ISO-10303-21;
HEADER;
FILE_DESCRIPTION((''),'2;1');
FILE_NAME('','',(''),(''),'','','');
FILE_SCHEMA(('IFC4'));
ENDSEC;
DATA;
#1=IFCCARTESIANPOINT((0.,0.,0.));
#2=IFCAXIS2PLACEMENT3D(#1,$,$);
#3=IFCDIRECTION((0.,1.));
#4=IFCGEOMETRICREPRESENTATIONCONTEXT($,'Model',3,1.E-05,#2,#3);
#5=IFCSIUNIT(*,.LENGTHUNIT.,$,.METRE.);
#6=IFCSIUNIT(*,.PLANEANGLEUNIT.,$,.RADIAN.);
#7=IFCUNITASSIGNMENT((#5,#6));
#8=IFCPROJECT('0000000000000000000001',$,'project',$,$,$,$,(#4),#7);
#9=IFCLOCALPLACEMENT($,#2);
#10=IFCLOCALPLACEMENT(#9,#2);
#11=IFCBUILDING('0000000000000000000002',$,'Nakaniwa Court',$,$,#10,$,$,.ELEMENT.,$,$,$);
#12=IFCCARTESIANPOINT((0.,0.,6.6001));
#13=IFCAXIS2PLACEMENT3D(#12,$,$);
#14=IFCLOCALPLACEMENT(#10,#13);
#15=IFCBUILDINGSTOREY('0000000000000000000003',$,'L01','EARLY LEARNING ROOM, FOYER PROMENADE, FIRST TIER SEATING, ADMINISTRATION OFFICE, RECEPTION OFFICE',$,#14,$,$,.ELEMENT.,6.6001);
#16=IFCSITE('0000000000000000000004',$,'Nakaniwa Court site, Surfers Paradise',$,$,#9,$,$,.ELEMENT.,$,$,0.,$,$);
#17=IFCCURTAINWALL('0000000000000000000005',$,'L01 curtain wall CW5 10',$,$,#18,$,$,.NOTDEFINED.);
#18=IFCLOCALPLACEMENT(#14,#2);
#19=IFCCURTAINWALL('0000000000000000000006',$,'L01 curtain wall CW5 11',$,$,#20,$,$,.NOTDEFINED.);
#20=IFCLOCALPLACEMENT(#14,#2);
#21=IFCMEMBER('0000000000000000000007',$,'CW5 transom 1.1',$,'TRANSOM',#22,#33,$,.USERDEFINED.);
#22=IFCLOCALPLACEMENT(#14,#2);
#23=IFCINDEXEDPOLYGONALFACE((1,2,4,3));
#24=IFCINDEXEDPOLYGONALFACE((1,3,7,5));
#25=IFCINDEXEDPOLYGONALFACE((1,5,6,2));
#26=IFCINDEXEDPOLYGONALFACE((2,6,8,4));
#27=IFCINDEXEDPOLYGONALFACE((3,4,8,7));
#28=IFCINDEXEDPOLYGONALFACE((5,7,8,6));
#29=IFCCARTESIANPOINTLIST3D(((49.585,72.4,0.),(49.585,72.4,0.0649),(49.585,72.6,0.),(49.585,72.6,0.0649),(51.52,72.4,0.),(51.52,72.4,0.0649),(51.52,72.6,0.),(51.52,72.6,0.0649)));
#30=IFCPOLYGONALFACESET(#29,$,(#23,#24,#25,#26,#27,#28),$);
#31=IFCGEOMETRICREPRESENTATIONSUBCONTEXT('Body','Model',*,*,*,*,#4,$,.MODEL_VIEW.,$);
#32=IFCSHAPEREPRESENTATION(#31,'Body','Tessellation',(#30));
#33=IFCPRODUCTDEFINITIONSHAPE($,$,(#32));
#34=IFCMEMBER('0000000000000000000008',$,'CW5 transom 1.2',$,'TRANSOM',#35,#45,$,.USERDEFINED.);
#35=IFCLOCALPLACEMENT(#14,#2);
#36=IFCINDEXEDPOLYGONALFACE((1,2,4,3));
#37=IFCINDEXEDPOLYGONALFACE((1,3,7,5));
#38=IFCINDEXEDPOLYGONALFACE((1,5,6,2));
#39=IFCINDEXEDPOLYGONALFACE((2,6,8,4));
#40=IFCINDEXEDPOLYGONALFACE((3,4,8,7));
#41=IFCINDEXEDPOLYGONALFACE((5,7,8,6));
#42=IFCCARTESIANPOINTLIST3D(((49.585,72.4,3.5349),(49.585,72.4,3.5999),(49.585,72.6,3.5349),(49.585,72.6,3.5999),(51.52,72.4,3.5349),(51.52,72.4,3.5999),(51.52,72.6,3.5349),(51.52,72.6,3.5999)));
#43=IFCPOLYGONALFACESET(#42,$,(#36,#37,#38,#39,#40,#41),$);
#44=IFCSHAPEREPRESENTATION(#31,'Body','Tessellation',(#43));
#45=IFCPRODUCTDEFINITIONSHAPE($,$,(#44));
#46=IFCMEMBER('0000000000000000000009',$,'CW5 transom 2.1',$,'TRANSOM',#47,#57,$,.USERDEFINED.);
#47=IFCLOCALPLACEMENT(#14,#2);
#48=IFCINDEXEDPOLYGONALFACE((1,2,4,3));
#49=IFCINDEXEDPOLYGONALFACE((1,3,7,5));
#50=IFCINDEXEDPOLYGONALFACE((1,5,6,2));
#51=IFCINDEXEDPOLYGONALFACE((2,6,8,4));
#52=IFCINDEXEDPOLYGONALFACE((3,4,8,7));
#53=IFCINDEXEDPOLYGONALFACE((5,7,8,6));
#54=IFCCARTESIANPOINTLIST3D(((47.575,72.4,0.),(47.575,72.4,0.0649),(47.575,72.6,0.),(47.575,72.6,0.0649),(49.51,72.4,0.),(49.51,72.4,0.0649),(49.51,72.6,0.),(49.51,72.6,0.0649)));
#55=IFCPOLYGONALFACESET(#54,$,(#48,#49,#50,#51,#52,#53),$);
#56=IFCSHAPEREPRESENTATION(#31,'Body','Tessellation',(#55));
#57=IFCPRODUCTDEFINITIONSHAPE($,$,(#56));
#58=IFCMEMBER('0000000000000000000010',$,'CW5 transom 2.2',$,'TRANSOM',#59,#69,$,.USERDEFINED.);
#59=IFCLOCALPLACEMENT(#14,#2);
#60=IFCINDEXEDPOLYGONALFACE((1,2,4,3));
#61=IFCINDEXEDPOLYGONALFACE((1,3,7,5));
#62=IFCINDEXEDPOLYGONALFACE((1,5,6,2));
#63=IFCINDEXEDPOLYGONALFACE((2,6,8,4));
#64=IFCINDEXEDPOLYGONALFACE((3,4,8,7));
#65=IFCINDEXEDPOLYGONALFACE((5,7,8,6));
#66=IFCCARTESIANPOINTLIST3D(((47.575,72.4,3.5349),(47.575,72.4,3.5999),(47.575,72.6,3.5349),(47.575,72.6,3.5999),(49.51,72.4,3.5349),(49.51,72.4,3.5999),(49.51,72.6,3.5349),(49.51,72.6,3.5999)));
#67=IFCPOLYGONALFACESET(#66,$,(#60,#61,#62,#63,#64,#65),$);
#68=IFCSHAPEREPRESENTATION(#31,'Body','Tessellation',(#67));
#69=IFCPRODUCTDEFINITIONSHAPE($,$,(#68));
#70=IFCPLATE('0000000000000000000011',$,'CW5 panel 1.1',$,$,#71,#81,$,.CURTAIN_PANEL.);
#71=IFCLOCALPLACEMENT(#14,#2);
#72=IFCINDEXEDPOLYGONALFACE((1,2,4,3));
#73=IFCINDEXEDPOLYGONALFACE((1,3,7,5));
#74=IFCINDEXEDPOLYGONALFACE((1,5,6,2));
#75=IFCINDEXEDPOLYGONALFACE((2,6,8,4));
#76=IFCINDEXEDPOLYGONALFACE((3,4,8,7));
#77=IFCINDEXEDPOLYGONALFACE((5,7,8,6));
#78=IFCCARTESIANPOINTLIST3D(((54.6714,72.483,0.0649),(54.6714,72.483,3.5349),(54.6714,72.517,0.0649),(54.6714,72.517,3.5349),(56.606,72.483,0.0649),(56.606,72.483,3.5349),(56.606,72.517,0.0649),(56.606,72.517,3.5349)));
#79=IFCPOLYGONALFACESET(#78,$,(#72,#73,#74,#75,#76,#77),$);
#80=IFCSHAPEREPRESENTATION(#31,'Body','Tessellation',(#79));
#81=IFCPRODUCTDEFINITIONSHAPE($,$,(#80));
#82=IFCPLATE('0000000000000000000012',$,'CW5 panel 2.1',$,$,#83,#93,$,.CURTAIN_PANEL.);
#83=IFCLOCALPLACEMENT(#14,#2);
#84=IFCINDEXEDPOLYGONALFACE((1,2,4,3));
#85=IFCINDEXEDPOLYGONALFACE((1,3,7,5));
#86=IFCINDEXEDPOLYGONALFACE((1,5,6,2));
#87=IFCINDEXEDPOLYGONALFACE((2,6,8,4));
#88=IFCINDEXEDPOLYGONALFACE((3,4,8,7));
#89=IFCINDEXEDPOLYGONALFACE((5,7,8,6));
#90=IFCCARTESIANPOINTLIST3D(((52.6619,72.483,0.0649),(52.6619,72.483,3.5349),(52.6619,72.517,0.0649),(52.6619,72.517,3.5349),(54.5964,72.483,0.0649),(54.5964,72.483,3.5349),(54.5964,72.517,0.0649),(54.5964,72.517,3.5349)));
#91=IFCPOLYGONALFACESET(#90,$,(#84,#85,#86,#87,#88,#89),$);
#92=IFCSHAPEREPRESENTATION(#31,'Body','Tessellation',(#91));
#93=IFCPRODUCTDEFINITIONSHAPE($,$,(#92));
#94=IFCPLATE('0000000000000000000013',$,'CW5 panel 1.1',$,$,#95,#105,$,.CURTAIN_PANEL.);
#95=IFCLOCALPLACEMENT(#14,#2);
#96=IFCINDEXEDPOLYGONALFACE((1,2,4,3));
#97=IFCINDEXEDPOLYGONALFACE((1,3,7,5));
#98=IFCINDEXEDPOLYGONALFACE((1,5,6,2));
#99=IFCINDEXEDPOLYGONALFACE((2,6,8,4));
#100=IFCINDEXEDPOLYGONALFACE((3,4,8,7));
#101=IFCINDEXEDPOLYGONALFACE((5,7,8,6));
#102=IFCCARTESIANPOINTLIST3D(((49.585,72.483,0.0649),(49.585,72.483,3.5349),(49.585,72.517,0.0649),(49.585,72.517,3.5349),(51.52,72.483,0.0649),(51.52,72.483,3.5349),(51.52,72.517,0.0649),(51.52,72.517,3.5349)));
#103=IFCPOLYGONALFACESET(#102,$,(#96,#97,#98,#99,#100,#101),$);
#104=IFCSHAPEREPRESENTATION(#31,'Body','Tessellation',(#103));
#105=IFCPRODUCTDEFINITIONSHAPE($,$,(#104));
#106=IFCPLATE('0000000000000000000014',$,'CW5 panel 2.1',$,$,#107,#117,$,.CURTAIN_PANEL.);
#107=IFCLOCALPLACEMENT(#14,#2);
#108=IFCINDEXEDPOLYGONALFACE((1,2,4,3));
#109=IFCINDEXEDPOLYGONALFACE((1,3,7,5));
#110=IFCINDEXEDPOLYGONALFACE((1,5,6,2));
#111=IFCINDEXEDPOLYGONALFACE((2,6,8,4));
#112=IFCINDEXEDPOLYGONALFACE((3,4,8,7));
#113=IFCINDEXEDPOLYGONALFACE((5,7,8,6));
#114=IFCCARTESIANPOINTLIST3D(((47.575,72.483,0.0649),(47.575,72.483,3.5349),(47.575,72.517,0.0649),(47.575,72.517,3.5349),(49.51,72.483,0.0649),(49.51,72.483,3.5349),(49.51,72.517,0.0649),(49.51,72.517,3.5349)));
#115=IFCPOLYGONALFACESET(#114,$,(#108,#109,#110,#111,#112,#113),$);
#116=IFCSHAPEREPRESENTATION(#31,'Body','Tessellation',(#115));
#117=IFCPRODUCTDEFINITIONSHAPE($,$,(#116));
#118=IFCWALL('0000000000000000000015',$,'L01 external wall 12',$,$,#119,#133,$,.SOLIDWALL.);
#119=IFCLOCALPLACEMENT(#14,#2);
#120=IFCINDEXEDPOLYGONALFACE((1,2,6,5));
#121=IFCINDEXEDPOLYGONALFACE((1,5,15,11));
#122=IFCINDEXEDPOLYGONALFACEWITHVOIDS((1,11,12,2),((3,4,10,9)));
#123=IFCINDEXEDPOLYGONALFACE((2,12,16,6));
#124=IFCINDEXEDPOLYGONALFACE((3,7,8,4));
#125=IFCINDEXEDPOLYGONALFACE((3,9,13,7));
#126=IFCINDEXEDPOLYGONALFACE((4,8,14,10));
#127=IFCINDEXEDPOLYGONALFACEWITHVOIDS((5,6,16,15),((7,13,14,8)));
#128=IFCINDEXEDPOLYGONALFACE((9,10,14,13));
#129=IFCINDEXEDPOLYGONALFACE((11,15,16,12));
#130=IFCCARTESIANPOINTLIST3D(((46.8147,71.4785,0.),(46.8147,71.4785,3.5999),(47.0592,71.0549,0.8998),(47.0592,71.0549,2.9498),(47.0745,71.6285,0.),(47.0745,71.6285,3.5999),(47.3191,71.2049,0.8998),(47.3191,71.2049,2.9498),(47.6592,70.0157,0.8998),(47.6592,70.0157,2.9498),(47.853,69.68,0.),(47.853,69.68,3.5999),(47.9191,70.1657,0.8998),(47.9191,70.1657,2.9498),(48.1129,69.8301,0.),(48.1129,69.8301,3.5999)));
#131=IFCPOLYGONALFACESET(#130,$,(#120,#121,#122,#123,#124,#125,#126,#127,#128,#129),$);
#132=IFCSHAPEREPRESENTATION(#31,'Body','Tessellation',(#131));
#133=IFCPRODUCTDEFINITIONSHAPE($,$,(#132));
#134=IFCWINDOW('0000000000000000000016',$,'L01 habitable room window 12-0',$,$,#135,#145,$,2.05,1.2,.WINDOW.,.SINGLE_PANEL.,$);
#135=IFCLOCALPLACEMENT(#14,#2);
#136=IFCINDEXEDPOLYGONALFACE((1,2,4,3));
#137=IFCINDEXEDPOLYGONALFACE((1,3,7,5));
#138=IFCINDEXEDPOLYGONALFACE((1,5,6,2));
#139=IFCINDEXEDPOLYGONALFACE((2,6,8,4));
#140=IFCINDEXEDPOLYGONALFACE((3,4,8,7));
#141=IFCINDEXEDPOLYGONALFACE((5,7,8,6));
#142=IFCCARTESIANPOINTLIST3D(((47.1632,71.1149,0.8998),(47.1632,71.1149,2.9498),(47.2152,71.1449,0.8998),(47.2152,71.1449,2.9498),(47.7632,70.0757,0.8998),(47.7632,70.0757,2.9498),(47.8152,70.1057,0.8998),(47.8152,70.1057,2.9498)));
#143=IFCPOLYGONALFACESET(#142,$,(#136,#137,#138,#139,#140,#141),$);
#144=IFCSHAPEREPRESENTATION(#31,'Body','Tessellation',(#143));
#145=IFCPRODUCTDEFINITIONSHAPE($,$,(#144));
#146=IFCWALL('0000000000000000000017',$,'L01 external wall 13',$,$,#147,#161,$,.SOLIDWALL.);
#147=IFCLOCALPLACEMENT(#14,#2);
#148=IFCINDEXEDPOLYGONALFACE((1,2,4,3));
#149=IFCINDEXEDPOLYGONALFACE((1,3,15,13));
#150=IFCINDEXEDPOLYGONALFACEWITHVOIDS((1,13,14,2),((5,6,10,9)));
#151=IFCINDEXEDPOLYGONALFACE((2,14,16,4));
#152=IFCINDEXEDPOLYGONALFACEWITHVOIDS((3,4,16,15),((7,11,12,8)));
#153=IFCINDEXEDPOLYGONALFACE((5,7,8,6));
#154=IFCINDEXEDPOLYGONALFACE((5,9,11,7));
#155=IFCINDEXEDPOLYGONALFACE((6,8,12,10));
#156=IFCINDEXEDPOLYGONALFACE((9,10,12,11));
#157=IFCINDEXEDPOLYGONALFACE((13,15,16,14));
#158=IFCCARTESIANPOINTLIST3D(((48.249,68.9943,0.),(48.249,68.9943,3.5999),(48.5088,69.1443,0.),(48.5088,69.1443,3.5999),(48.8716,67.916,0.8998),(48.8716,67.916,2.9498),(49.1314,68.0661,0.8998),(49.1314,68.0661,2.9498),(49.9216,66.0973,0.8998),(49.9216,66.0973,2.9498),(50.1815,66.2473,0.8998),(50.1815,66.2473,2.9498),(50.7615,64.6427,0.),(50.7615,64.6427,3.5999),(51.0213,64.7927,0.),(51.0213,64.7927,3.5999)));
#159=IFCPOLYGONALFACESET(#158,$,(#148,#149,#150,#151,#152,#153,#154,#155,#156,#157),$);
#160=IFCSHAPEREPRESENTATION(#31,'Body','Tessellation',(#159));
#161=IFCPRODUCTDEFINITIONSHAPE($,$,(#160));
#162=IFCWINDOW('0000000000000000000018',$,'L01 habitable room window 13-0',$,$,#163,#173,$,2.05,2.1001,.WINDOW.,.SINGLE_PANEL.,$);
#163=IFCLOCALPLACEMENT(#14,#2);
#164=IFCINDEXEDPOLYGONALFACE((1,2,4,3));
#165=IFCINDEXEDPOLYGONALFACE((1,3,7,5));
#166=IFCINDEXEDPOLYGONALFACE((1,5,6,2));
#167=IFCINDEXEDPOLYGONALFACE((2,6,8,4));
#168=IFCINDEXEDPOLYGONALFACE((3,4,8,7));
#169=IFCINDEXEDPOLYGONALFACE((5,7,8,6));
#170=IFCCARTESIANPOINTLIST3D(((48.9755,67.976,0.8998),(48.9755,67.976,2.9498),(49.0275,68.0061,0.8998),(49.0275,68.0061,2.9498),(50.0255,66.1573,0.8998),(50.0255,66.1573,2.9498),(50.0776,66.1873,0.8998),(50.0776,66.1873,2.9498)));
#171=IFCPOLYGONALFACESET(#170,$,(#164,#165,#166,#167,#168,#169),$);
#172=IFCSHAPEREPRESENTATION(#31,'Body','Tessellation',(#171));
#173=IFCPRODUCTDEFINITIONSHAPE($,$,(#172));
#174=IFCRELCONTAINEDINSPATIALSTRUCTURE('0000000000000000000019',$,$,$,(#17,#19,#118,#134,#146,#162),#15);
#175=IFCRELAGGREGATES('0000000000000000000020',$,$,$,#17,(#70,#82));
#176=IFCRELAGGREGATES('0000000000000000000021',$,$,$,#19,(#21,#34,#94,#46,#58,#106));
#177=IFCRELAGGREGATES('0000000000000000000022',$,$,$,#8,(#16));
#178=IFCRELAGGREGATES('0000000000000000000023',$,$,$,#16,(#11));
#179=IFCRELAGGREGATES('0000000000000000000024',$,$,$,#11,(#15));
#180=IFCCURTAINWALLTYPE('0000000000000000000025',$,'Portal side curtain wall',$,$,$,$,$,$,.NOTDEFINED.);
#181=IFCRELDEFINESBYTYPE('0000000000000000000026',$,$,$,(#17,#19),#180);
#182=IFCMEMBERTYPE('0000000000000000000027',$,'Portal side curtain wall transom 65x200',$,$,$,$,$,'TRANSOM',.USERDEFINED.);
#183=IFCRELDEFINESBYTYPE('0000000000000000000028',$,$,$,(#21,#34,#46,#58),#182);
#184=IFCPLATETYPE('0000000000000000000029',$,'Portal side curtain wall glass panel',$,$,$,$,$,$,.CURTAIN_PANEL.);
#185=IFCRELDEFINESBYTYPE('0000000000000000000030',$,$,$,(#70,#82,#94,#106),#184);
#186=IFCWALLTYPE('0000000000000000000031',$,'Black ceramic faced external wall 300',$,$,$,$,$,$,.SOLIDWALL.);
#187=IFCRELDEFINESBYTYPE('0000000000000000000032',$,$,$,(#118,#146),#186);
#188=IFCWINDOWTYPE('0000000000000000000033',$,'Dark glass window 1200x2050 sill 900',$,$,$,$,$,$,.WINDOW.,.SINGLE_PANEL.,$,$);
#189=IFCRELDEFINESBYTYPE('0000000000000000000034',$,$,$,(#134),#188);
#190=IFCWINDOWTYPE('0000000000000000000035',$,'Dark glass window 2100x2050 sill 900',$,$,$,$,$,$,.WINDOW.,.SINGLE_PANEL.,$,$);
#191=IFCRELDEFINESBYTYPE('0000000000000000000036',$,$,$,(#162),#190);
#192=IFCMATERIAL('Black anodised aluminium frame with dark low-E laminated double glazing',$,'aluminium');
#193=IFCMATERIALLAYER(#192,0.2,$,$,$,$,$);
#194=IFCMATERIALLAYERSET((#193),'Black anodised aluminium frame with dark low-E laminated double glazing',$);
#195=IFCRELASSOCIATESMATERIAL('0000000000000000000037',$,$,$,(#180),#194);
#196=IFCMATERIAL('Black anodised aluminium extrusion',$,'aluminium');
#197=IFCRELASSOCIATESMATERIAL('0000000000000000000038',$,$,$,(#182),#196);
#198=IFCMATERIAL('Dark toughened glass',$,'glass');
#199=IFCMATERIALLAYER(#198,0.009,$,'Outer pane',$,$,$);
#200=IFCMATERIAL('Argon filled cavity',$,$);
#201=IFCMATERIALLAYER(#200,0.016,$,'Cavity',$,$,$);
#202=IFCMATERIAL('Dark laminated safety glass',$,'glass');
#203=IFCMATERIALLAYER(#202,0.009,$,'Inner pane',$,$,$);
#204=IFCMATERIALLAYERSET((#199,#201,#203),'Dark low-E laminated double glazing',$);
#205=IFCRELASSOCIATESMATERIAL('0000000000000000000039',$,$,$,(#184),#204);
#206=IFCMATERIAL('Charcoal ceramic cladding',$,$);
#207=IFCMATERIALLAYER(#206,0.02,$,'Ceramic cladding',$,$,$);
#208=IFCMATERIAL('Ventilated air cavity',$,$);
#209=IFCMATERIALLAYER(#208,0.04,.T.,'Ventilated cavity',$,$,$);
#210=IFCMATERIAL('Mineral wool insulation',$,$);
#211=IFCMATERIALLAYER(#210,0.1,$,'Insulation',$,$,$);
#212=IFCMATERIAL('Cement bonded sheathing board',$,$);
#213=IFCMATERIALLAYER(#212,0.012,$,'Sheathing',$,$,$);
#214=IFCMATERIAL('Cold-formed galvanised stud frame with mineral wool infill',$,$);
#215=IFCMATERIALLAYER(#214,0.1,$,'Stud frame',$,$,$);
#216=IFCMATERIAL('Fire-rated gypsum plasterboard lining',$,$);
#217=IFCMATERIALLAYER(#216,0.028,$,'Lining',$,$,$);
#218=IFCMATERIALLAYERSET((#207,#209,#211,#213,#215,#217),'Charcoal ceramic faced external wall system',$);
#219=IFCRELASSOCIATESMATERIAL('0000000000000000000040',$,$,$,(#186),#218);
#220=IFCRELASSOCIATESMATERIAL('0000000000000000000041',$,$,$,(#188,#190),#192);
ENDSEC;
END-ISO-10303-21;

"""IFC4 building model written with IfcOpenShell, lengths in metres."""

from ifc_helpers import new_model, si_unit, direction, frame, frame_2d, origin, origin_2d, place, context, subcontext, project, spatial, rectangle, extrude, material, layer, layer_set, material_profile, profile_set, type_object, element, fill, aggregate, save


model = new_model("IFC4")

# Units and contexts
model_context = context("Model", 3, precision=1e-05, world=origin(), true_north=direction((0.0, 1.0)))
body_context = subcontext(model_context, "Body", "Model", "MODEL_VIEW")
ifc_project = project(units=[si_unit("LENGTHUNIT", "METRE"), si_unit("PLANEANGLEUNIT", "RADIAN")], contexts=[model_context])

# Site, building, storey
site_placement = place(None, origin())
site = spatial("IfcSite", under=ifc_project, at=site_placement, Name="Nakaniwa Court site, Surfers Paradise", CompositionType="ELEMENT", RefElevation=0.0)
building_placement = place(site_placement, origin())
building = spatial("IfcBuilding", under=site, at=building_placement, Name="Nakaniwa Court", CompositionType="ELEMENT")
storey_placement = place(building_placement, frame((0.0, 0.0, 6.6001)))
storey = spatial("IfcBuildingStorey", under=building, at=storey_placement, Name="L01", Description="EARLY LEARNING ROOM, FOYER PROMENADE, FIRST TIER SEATING, ADMINISTRATION OFFICE, RECEPTION OFFICE", CompositionType="ELEMENT", Elevation=6.6001)

# Curtain walls
ifc_material_1 = material(Name="Black anodised aluminium frame with dark low-E laminated double glazing", Category="aluminium")
ifc_layer_1 = layer(ifc_material_1, 0.2)
ifc_layer_set_1 = layer_set([ifc_layer_1], Name="Black anodised aluminium frame with dark low-E laminated double glazing")
curtain_wall_type = type_object("IfcCurtainWallType", Name="Portal side curtain wall", PredefinedType="NOTDEFINED", material=ifc_layer_set_1)
curtain_wall_1_placement = place(storey_placement, origin())
curtain_wall_1 = element("IfcCurtainWall", 1, at=curtain_wall_1_placement, inside=storey, type_object=curtain_wall_type, Name="L01 curtain wall CW5 10", PredefinedType="NOTDEFINED")
ifc_material_2 = material(Name="Black anodised aluminium extrusion", Category="aluminium")
curtain_wall_2_placement = place(storey_placement, origin())
curtain_wall_2 = element("IfcCurtainWall", 2, at=curtain_wall_2_placement, inside=storey, type_object=curtain_wall_type, Name="L01 curtain wall CW5 11", PredefinedType="NOTDEFINED")

# Members
ifc_material_profile_1 = material_profile(ifc_material_2, rectangle(XDim=0.2, YDim=0.0649, at=origin_2d()), Name="Portal side curtain wall transom 65x200")
ifc_profile_set_1 = profile_set([ifc_material_profile_1], Name="Black anodised aluminium extrusion")
member_type_1 = type_object("IfcMemberType", Name="Portal side curtain wall transom 65x200", ElementType="TRANSOM", PredefinedType="USERDEFINED", material=ifc_profile_set_1)
member_1_placement = place(storey_placement, frame((51.52, 72.5, 0.0325), z_axis=(-1.0, 0.0, 0.0), x_axis=(0.0, -1.0, 0.0)))
member_1 = element("IfcMember", 3, at=member_1_placement, type_object=member_type_1, Name="CW5 transom 1.1", ObjectType="TRANSOM", PredefinedType="USERDEFINED", context=body_context, shape_type="SweptSolid", body=[
    extrude(rectangle(XDim=0.2, YDim=0.0649, at=origin_2d()), origin(), (0.0, 0.0, 1.0), 1.9351),
])
member_2_placement = place(storey_placement, frame((51.52, 72.5, 3.5674), z_axis=(-1.0, 0.0, 0.0), x_axis=(0.0, -1.0, 0.0)))
member_2 = element("IfcMember", 4, at=member_2_placement, type_object=member_type_1, Name="CW5 transom 1.2", ObjectType="TRANSOM", PredefinedType="USERDEFINED", context=body_context, shape_type="SweptSolid", body=[
    extrude(rectangle(XDim=0.2, YDim=0.0649, at=origin_2d()), origin(), (0.0, 0.0, 1.0), 1.9351),
])
member_3_placement = place(storey_placement, frame((49.51, 72.5, 0.0325), z_axis=(-1.0, 0.0, 0.0), x_axis=(0.0, -1.0, 0.0)))
member_3 = element("IfcMember", 5, at=member_3_placement, type_object=member_type_1, Name="CW5 transom 2.1", ObjectType="TRANSOM", PredefinedType="USERDEFINED", context=body_context, shape_type="SweptSolid", body=[
    extrude(rectangle(XDim=0.2, YDim=0.0649, at=origin_2d()), origin(), (0.0, 0.0, 1.0), 1.9351),
])
member_4_placement = place(storey_placement, frame((49.51, 72.5, 3.5674), z_axis=(-1.0, 0.0, 0.0), x_axis=(0.0, -1.0, 0.0)))
member_4 = element("IfcMember", 6, at=member_4_placement, type_object=member_type_1, Name="CW5 transom 2.2", ObjectType="TRANSOM", PredefinedType="USERDEFINED", context=body_context, shape_type="SweptSolid", body=[
    extrude(rectangle(XDim=0.2, YDim=0.0649, at=origin_2d()), origin(), (0.0, 0.0, 1.0), 1.9351),
])

# Plates
ifc_material_3 = material(Name="Dark toughened glass", Category="glass")
ifc_layer_2 = layer(ifc_material_3, 0.009, Name="Outer pane")
ifc_material_4 = material(Name="Argon filled cavity")
ifc_layer_3 = layer(ifc_material_4, 0.016, Name="Cavity")
ifc_material_5 = material(Name="Dark laminated safety glass", Category="glass")
ifc_layer_4 = layer(ifc_material_5, 0.009, Name="Inner pane")
ifc_layer_set_2 = layer_set([ifc_layer_2, ifc_layer_3, ifc_layer_4], Name="Dark low-E laminated double glazing")
plate_type = type_object("IfcPlateType", Name="Portal side curtain wall glass panel", PredefinedType="CURTAIN_PANEL", material=ifc_layer_set_2)
plate_1_placement = place(storey_placement, frame((55.6387, 72.5, 0.0649), z_axis=(0.0, 0.0, 1.0), x_axis=(-1.0, 0.0, 0.0)))
plate_1 = element("IfcPlate", 7, at=plate_1_placement, type_object=plate_type, Name="CW5 panel 1.1", PredefinedType="CURTAIN_PANEL", context=body_context, shape_type="SweptSolid", body=[
    extrude(rectangle(XDim=1.9346, YDim=0.0339, at=origin_2d()), origin(), (0.0, 0.0, 1.0), 3.47),
])
plate_2_placement = place(storey_placement, frame((53.6292, 72.5, 0.0649), z_axis=(0.0, 0.0, 1.0), x_axis=(-1.0, 0.0, 0.0)))
plate_2 = element("IfcPlate", 8, at=plate_2_placement, type_object=plate_type, Name="CW5 panel 2.1", PredefinedType="CURTAIN_PANEL", context=body_context, shape_type="SweptSolid", body=[
    extrude(rectangle(XDim=1.9346, YDim=0.0339, at=origin_2d()), origin(), (0.0, 0.0, 1.0), 3.47),
])
aggregate(curtain_wall_1, [plate_1, plate_2])
plate_3_placement = place(storey_placement, frame((50.5525, 72.5, 0.0649), z_axis=(0.0, 0.0, 1.0), x_axis=(-1.0, 0.0, 0.0)))
plate_3 = element("IfcPlate", 9, at=plate_3_placement, type_object=plate_type, Name="CW5 panel 1.1", PredefinedType="CURTAIN_PANEL", context=body_context, shape_type="SweptSolid", body=[
    extrude(rectangle(XDim=1.9351, YDim=0.0339, at=origin_2d()), origin(), (0.0, 0.0, 1.0), 3.47),
])
plate_4_placement = place(storey_placement, frame((48.5425, 72.5, 0.0649), z_axis=(0.0, 0.0, 1.0), x_axis=(-1.0, 0.0, 0.0)))
plate_4 = element("IfcPlate", 10, at=plate_4_placement, type_object=plate_type, Name="CW5 panel 2.1", PredefinedType="CURTAIN_PANEL", context=body_context, shape_type="SweptSolid", body=[
    extrude(rectangle(XDim=1.9351, YDim=0.0339, at=origin_2d()), origin(), (0.0, 0.0, 1.0), 3.47),
])
aggregate(curtain_wall_2, [member_1, member_2, plate_3, member_3, member_4, plate_4])

# Walls, openings, windows
ifc_material_6 = material(Name="Charcoal ceramic cladding")
ifc_layer_5 = layer(ifc_material_6, 0.02, Name="Ceramic cladding")
ifc_material_7 = material(Name="Ventilated air cavity")
ifc_layer_6 = layer(ifc_material_7, 0.04, ventilated=True, Name="Ventilated cavity")
ifc_material_8 = material(Name="Mineral wool insulation")
ifc_layer_7 = layer(ifc_material_8, 0.1, Name="Insulation")
ifc_material_9 = material(Name="Cement bonded sheathing board")
ifc_layer_8 = layer(ifc_material_9, 0.012, Name="Sheathing")
ifc_material_10 = material(Name="Cold-formed galvanised stud frame with mineral wool infill")
ifc_layer_9 = layer(ifc_material_10, 0.1, Name="Stud frame")
ifc_material_11 = material(Name="Fire-rated gypsum plasterboard lining")
ifc_layer_10 = layer(ifc_material_11, 0.028, Name="Lining")
ifc_layer_set_3 = layer_set([ifc_layer_5, ifc_layer_6, ifc_layer_7, ifc_layer_8, ifc_layer_9, ifc_layer_10], Name="Charcoal ceramic faced external wall system")
wall_type_1 = type_object("IfcWallType", Name="Black ceramic faced external wall 300", PredefinedType="SOLIDWALL", material=ifc_layer_set_3)
wall_1_placement = place(storey_placement, frame((46.9446, 71.5535, 0.0), z_axis=(0.0, 0.0, 1.0), x_axis=(0.500021, -0.866013, 0.0)))
wall_1 = element("IfcWall", 11, at=wall_1_placement, inside=storey, type_object=wall_type_1, Name="L01 external wall 12", PredefinedType="SOLIDWALL", context=body_context, shape_type="SweptSolid", body=[
    extrude(rectangle(XDim=2.0767, YDim=0.3, at=frame_2d((1.0383, 0.0))), origin(), (0.0, 0.0, 1.0), 3.5999),
])
opening_1_placement = place(wall_1_placement, frame((0.489, 0.0, 0.8999)))
opening_1 = element("IfcOpeningElement", 12, at=opening_1_placement, cuts=wall_1, PredefinedType="OPENING", context=body_context, shape_type="SweptSolid", body=[
    extrude(rectangle(XDim=1.2, YDim=2.05, at=frame_2d((0.6001, 1.0249))), frame((0.0, 0.1599, 0.0), z_axis=(0.0, -1.0, 0.0), x_axis=(1.0, 0.0, 0.0)), (0.0, 0.0, 1.0), 0.3201),
])
window_type_1 = type_object("IfcWindowType", Name="Dark glass window 1200x2050 sill 900", PartitioningType="SINGLE_PANEL", PredefinedType="WINDOW", material=ifc_material_1)
window_1_placement = place(opening_1_placement, origin())
window_1 = element("IfcWindow", 13, at=window_1_placement, inside=storey, type_object=window_type_1, Name="L01 habitable room window 12-0", OverallHeight=2.05, OverallWidth=1.2, PartitioningType="SINGLE_PANEL", PredefinedType="WINDOW", context=body_context, shape_type="SweptSolid", body=[
    extrude(rectangle(XDim=1.2, YDim=2.05, at=frame_2d((0.6001, 1.0249))), frame((0.0, 0.03, 0.0), z_axis=(0.0, -1.0, 0.0), x_axis=(1.0, 0.0, 0.0)), (0.0, 0.0, 1.0), 0.0601),
])
fill(opening_1, window_1)
wall_2_placement = place(storey_placement, frame((48.3789, 69.0693, 0.0), z_axis=(0.0, 0.0, 1.0), x_axis=(0.500011, -0.866019, 0.0)))
wall_2 = element("IfcWall", 14, at=wall_2_placement, inside=storey, type_object=wall_type_1, Name="L01 external wall 13", PredefinedType="SOLIDWALL", context=body_context, shape_type="SweptSolid", body=[
    extrude(rectangle(XDim=5.0249, YDim=0.3, at=frame_2d((2.5125, 0.0))), origin(), (0.0, 0.0, 1.0), 3.5999),
])
opening_2_placement = place(wall_2_placement, frame((1.2451, 0.0, 0.8999)))
opening_2 = element("IfcOpeningElement", 15, at=opening_2_placement, cuts=wall_2, PredefinedType="OPENING", context=body_context, shape_type="SweptSolid", body=[
    extrude(rectangle(XDim=2.1001, YDim=2.05, at=frame_2d((1.05, 1.0249))), frame((0.0, 0.1599, 0.0), z_axis=(0.0, -1.0, 0.0), x_axis=(1.0, 0.0, 0.0)), (0.0, 0.0, 1.0), 0.3201),
])
window_type_2 = type_object("IfcWindowType", Name="Dark glass window 2100x2050 sill 900", PartitioningType="SINGLE_PANEL", PredefinedType="WINDOW", material=ifc_material_1)
window_2_placement = place(opening_2_placement, origin())
window_2 = element("IfcWindow", 16, at=window_2_placement, inside=storey, type_object=window_type_2, Name="L01 habitable room window 13-0", OverallHeight=2.05, OverallWidth=2.1001, PartitioningType="SINGLE_PANEL", PredefinedType="WINDOW", context=body_context, shape_type="SweptSolid", body=[
    extrude(rectangle(XDim=2.1001, YDim=2.05, at=frame_2d((1.05, 1.0249))), frame((0.0, 0.03, 0.0), z_axis=(0.0, -1.0, 0.0), x_axis=(1.0, 0.0, 0.0)), (0.0, 0.0, 1.0), 0.0601),
])
fill(opening_2, window_2)

save(model, "model.ifc")
